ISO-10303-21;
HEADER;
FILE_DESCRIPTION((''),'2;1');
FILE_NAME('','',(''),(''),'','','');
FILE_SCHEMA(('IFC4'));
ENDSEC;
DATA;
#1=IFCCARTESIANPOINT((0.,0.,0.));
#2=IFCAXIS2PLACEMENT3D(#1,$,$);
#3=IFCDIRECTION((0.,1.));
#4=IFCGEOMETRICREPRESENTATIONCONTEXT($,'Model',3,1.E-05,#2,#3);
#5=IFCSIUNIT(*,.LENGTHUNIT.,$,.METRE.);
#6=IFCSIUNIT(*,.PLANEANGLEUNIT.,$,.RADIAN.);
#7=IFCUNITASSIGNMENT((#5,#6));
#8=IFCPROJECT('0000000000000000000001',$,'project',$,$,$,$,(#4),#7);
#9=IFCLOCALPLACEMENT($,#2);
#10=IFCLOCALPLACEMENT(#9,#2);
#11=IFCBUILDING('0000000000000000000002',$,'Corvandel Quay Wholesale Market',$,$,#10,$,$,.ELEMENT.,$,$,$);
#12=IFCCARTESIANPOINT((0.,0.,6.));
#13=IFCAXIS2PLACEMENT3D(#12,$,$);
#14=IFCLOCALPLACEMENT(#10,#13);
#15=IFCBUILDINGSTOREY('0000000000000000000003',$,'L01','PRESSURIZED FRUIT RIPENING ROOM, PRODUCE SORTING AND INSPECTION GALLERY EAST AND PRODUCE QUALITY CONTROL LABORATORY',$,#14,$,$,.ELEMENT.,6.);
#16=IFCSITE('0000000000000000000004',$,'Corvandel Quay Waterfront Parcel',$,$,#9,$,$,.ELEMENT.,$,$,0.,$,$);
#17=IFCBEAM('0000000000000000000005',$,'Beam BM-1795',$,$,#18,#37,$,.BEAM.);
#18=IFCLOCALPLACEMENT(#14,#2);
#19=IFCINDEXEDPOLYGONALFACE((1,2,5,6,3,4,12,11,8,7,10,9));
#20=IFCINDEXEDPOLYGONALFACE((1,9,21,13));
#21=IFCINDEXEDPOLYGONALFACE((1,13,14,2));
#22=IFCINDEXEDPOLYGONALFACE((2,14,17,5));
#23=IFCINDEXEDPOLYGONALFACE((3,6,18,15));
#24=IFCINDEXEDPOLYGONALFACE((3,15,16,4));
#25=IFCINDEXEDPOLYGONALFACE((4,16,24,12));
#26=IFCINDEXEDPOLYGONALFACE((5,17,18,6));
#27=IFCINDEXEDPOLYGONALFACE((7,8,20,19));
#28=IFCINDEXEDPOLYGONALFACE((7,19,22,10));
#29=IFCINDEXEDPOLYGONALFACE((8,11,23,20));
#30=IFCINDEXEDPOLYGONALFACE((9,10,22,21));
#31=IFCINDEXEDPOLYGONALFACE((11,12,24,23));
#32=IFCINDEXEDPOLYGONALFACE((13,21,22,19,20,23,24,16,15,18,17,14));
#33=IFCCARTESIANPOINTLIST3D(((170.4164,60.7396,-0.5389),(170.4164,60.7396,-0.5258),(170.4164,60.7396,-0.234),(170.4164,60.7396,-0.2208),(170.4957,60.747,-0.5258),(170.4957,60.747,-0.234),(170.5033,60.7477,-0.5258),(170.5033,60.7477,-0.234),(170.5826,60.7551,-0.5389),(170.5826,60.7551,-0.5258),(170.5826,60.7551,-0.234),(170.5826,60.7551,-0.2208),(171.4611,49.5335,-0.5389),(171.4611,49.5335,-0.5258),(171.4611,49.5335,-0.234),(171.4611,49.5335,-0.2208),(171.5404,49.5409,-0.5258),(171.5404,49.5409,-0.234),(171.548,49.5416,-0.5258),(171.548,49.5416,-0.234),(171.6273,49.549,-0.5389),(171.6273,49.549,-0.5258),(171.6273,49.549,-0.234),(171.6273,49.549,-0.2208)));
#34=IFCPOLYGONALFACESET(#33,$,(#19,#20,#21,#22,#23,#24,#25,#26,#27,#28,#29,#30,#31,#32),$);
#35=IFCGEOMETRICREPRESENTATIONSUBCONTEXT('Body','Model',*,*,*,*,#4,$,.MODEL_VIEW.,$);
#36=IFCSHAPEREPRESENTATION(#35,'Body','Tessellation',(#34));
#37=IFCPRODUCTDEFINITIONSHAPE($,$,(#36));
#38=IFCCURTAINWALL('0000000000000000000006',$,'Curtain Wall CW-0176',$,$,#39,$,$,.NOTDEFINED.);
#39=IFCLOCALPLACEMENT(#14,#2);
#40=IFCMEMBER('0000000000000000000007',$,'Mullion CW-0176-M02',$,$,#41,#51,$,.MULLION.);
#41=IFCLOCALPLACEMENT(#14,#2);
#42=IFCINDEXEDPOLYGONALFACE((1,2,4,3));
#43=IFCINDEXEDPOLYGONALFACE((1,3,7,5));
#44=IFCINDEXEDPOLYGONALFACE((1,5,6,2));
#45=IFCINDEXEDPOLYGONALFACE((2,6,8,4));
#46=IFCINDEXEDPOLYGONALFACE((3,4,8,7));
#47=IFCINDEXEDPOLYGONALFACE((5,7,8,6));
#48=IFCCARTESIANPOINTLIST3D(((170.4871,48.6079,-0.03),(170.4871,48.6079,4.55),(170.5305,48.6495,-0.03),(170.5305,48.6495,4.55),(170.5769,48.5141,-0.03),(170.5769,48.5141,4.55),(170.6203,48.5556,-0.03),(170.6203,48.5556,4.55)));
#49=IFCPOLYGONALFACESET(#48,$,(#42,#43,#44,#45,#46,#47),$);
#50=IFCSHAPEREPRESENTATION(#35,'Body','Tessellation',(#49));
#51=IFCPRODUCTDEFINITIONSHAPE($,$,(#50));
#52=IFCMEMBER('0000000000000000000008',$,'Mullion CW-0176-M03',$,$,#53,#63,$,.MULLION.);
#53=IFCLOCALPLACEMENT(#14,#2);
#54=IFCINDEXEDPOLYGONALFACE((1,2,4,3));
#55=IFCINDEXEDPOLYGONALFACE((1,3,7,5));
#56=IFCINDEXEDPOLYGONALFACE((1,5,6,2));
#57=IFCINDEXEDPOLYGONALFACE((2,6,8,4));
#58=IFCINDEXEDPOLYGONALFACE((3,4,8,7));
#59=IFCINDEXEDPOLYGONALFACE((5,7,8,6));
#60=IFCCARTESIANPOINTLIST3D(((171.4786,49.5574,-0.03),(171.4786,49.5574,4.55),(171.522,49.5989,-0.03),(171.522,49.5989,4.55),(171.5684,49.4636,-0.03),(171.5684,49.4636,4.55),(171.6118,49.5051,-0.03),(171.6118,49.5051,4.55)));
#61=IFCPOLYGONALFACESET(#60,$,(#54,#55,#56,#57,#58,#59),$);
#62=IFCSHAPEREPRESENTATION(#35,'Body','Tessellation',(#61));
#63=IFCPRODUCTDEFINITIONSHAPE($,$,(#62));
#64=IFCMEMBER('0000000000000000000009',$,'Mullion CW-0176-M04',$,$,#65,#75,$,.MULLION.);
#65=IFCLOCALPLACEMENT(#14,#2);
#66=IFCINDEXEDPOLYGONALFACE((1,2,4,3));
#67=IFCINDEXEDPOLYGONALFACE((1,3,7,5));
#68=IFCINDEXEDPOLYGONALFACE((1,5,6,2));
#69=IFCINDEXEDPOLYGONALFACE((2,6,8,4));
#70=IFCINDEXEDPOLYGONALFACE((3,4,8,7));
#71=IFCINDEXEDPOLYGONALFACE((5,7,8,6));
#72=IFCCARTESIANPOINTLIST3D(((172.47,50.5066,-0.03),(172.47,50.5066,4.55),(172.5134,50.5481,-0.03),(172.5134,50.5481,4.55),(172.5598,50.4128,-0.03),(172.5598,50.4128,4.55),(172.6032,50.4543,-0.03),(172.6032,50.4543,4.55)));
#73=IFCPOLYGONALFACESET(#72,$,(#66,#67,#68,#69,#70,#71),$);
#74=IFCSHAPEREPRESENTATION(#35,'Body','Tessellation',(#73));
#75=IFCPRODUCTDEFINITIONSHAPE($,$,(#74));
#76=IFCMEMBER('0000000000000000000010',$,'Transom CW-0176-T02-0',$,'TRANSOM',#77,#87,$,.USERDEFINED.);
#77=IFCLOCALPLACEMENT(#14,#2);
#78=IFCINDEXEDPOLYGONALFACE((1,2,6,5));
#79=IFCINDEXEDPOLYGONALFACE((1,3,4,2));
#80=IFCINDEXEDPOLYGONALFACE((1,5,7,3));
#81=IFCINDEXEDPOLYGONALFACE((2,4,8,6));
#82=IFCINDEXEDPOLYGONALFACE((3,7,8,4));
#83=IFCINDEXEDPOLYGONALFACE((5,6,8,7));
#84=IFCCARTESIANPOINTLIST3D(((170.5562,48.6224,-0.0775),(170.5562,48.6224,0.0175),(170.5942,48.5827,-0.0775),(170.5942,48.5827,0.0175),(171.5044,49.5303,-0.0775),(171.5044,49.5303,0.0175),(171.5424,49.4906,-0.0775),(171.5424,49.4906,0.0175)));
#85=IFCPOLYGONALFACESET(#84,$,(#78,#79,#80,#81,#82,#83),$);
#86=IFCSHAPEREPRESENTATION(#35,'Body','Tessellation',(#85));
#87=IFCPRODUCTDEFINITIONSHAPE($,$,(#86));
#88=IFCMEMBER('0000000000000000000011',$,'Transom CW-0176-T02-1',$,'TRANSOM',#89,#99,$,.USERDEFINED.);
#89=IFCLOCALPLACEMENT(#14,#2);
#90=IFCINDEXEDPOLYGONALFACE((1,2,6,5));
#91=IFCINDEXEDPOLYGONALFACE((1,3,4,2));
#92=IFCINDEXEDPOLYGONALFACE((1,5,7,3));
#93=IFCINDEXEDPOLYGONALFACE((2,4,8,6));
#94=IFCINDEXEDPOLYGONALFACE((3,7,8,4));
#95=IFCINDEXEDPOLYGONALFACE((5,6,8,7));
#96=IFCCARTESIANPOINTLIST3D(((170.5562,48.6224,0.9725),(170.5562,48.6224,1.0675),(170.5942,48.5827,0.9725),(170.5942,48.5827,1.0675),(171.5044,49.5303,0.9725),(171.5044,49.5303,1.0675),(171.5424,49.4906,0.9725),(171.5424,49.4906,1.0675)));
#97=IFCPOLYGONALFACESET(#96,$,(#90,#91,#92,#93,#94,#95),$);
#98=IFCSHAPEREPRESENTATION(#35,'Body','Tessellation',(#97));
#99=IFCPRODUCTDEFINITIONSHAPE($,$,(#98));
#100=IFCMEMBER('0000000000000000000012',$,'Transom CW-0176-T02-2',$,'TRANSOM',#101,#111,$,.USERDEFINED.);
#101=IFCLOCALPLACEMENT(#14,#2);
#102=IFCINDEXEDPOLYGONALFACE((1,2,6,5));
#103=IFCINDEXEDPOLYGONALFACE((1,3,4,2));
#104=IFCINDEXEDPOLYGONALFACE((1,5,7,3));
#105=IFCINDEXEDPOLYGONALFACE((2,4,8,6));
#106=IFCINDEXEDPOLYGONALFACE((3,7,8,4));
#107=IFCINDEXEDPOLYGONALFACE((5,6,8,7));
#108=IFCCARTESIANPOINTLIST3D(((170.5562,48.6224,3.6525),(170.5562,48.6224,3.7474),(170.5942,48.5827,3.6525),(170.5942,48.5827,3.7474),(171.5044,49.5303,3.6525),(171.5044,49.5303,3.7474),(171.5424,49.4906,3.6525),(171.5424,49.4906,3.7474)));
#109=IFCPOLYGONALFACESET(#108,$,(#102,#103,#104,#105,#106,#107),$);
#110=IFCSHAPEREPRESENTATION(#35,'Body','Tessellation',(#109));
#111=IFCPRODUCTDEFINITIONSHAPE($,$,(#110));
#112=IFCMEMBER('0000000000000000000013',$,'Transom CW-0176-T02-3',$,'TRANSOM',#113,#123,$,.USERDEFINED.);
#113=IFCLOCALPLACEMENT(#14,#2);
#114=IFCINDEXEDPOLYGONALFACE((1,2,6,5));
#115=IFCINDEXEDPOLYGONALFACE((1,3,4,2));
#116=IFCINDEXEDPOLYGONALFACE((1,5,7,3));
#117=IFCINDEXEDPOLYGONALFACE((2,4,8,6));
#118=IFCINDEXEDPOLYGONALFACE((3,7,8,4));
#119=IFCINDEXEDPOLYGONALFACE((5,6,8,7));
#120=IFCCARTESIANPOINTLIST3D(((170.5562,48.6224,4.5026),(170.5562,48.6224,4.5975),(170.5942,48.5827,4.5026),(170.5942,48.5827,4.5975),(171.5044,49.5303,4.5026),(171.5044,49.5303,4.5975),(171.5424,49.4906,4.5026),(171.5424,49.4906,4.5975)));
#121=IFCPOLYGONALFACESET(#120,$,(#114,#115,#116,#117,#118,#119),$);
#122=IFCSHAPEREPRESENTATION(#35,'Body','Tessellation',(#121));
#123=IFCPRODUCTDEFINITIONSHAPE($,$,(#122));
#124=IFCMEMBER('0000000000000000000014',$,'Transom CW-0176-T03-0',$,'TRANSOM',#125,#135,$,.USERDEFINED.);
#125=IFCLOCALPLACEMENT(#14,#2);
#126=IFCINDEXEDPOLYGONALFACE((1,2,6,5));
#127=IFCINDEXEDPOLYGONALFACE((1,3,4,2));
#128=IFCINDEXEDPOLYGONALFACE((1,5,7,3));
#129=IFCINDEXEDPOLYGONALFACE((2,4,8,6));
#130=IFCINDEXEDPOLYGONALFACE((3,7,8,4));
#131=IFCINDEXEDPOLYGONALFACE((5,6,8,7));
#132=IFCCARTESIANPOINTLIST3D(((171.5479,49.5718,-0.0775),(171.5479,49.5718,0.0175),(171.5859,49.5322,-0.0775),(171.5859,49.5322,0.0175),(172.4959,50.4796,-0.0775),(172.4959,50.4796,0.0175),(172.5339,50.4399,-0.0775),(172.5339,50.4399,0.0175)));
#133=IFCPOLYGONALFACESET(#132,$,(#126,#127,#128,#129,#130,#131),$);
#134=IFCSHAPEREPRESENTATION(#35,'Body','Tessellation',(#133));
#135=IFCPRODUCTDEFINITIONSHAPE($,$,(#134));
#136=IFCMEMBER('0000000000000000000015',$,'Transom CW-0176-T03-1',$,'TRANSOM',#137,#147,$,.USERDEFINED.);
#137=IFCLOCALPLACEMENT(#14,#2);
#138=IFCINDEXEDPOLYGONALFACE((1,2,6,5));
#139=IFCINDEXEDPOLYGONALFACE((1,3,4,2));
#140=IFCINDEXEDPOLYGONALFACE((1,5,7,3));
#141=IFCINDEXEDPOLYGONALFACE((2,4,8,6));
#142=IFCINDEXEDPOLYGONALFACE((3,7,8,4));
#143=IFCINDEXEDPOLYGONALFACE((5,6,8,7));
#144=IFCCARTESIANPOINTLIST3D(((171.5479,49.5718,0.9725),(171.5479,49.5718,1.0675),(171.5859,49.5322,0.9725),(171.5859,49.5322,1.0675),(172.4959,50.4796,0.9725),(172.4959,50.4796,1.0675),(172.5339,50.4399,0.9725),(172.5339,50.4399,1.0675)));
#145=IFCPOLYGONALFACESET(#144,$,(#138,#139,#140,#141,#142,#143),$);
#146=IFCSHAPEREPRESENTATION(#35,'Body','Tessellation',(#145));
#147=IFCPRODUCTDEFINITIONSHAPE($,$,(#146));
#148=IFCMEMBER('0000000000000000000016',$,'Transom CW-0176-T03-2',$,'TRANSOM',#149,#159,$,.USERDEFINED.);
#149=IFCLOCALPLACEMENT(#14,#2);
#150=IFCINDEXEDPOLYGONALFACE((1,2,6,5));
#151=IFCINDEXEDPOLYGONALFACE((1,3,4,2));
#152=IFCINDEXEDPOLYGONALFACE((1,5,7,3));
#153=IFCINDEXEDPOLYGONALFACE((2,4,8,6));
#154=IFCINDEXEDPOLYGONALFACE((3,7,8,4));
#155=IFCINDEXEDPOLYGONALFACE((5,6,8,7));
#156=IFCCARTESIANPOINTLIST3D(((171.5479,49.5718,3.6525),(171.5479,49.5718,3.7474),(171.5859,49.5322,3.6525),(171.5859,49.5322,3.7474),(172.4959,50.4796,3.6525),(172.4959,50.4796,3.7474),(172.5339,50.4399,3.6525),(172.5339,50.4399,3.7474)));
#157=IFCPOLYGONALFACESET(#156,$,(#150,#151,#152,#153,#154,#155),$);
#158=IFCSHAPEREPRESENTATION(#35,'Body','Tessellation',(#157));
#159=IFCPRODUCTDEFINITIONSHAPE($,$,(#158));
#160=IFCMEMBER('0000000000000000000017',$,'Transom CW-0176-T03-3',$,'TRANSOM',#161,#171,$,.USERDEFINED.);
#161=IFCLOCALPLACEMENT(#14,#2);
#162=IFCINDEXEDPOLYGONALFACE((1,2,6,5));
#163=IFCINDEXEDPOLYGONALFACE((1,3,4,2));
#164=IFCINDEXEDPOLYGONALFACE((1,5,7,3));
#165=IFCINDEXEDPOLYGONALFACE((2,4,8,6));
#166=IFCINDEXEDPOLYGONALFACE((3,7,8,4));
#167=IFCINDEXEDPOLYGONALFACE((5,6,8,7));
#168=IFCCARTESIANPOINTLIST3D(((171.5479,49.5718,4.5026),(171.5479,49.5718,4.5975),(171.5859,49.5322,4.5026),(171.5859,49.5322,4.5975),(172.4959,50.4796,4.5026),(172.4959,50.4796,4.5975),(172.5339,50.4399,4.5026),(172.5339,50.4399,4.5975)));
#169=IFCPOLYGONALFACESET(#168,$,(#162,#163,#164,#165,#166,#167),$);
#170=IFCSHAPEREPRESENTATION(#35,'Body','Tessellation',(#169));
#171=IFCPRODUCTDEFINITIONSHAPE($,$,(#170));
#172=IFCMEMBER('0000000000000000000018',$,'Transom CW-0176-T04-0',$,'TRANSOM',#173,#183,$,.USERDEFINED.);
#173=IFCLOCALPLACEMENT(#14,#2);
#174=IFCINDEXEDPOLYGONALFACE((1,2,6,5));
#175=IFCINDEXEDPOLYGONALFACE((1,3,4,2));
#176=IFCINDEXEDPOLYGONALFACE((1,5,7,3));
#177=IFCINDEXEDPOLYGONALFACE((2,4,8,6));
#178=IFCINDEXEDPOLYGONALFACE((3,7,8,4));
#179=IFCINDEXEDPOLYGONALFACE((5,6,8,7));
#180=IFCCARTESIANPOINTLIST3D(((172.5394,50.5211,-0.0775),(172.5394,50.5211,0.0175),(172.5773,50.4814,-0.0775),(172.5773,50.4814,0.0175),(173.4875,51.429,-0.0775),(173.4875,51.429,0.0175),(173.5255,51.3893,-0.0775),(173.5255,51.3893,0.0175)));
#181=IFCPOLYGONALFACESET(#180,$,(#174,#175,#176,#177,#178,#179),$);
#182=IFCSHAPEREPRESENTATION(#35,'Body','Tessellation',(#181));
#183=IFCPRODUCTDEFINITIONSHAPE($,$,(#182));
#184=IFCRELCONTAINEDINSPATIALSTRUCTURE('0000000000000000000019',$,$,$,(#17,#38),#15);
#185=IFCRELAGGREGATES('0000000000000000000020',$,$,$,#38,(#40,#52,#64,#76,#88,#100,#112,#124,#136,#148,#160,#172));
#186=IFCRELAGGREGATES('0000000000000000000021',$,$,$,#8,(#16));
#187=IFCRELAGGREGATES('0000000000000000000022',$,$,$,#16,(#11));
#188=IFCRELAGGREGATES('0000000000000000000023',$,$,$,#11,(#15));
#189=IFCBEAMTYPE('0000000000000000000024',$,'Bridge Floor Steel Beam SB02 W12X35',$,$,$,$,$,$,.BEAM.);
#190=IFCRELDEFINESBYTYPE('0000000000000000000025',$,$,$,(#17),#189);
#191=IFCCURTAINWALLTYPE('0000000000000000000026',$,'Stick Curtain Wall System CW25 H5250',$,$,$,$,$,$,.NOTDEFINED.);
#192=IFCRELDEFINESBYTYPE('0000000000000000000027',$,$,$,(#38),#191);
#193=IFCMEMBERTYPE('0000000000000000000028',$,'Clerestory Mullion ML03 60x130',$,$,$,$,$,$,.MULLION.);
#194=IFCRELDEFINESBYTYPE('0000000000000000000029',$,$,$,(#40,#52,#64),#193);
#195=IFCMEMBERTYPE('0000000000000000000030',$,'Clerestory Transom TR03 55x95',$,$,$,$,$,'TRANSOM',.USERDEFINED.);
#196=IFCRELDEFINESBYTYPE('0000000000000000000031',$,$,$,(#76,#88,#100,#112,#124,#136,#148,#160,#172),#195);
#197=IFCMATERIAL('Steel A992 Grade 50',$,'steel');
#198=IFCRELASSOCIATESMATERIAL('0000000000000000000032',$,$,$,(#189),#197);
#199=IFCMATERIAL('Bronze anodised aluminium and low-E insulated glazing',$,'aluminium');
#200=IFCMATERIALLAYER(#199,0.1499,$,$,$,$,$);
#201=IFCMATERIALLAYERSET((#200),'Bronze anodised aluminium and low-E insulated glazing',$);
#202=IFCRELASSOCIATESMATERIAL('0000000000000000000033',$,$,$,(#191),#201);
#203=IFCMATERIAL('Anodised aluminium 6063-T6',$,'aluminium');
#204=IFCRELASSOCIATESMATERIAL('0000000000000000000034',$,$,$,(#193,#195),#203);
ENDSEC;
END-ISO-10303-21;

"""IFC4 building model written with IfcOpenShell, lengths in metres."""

from ifc_helpers import new_model, si_unit, direction, frame, origin, origin_2d, place, context, subcontext, project, spatial, rectangle, i_section, extrude, material, layer, layer_set, material_profile, profile_set, type_object, element, aggregate, save


model = new_model("IFC4")

# Units and contexts
model_context = context("Model", 3, precision=1e-05, world=origin(), true_north=direction((0.0, 1.0)))
body_context = subcontext(model_context, "Body", "Model", "MODEL_VIEW")
ifc_project = project(units=[si_unit("LENGTHUNIT", "METRE"), si_unit("PLANEANGLEUNIT", "RADIAN")], contexts=[model_context])

# Site, building, storey
site_placement = place(None, origin())
site = spatial("IfcSite", under=ifc_project, at=site_placement, Name="Corvandel Quay Waterfront Parcel", CompositionType="ELEMENT", RefElevation=0.0)
building_placement = place(site_placement, origin())
building = spatial("IfcBuilding", under=site, at=building_placement, Name="Corvandel Quay Wholesale Market", CompositionType="ELEMENT")
storey_placement = place(building_placement, frame((0.0, 0.0, 6.0)))
storey = spatial("IfcBuildingStorey", under=building, at=storey_placement, Name="L01", Description="PRESSURIZED FRUIT RIPENING ROOM, PRODUCE SORTING AND INSPECTION GALLERY EAST AND PRODUCE QUALITY CONTROL LABORATORY", CompositionType="ELEMENT", Elevation=6.0)

# Beam
ifc_material_1 = material(Name="Steel A992 Grade 50", Category="steel")
ifc_material_profile_1 = material_profile(ifc_material_1, i_section(OverallWidth=0.167, OverallDepth=0.3181, WebThickness=0.0076, FlangeThickness=0.0132, at=origin_2d()), Name="W12X35")
ifc_profile_set_1 = profile_set([ifc_material_profile_1], Name="Steel A992 Grade 50")
beam_type = type_object("IfcBeamType", Name="Bridge Floor Steel Beam SB02 W12X35", PredefinedType="BEAM", material=ifc_profile_set_1)
beam_placement = place(storey_placement, frame((171.5442, 49.5413, -0.3799), z_axis=(-0.092822, 0.995683, 0.0), x_axis=(-0.995683, -0.092822, 0.0)))
element("IfcBeam", 1, at=beam_placement, inside=storey, type_object=beam_type, Name="Beam BM-1795", PredefinedType="BEAM", context=body_context, shape_type="SweptSolid", body=[
    extrude(i_section(OverallWidth=0.167, OverallDepth=0.3181, WebThickness=0.0076, FlangeThickness=0.0132, at=origin_2d()), origin(), (0.0, 0.0, 1.0), 11.2546),
])

# Curtain wall, members
ifc_material_2 = material(Name="Bronze anodised aluminium and low-E insulated glazing", Category="aluminium")
ifc_layer_1 = layer(ifc_material_2, 0.1499)
ifc_layer_set_1 = layer_set([ifc_layer_1], Name="Bronze anodised aluminium and low-E insulated glazing")
curtain_wall_type = type_object("IfcCurtainWallType", Name="Stick Curtain Wall System CW25 H5250", PredefinedType="NOTDEFINED", material=ifc_layer_set_1)
curtain_wall_placement = place(storey_placement, origin())
curtain_wall = element("IfcCurtainWall", 2, at=curtain_wall_placement, inside=storey, type_object=curtain_wall_type, Name="Curtain Wall CW-0176", PredefinedType="NOTDEFINED")
ifc_material_3 = material(Name="Anodised aluminium 6063-T6", Category="aluminium")
ifc_material_profile_2 = material_profile(ifc_material_3, rectangle(XDim=0.0601, YDim=0.1299, at=origin_2d()), Name="ALU-MUL-60x130")
ifc_profile_set_2 = profile_set([ifc_material_profile_2], Name="Anodised aluminium 6063-T6")
member_type_1 = type_object("IfcMemberType", Name="Clerestory Mullion ML03 60x130", PredefinedType="MULLION", material=ifc_profile_set_2)
member_1_placement = place(storey_placement, frame((170.5537, 48.5818, -0.03), z_axis=(0.0, 0.0, 1.0), x_axis=(0.722364, 0.691513, 0.0)))
member_1 = element("IfcMember", 3, at=member_1_placement, type_object=member_type_1, Name="Mullion CW-0176-M02", PredefinedType="MULLION", context=body_context, shape_type="SweptSolid", body=[
    extrude(rectangle(XDim=0.0601, YDim=0.1299, at=origin_2d()), origin(), (0.0, 0.0, 1.0), 4.5801),
])
member_2_placement = place(storey_placement, frame((171.5452, 49.5312, -0.03), z_axis=(0.0, 0.0, 1.0), x_axis=(0.722364, 0.691513, 0.0)))
member_2 = element("IfcMember", 4, at=member_2_placement, type_object=member_type_1, Name="Mullion CW-0176-M03", PredefinedType="MULLION", context=body_context, shape_type="SweptSolid", body=[
    extrude(rectangle(XDim=0.0601, YDim=0.1299, at=origin_2d()), origin(), (0.0, 0.0, 1.0), 4.5801),
])
member_3_placement = place(storey_placement, frame((172.5366, 50.4805, -0.03), z_axis=(0.0, 0.0, 1.0), x_axis=(0.722364, 0.691513, 0.0)))
member_3 = element("IfcMember", 5, at=member_3_placement, type_object=member_type_1, Name="Mullion CW-0176-M04", PredefinedType="MULLION", context=body_context, shape_type="SweptSolid", body=[
    extrude(rectangle(XDim=0.0601, YDim=0.1299, at=origin_2d()), origin(), (0.0, 0.0, 1.0), 4.5801),
])
ifc_material_profile_3 = material_profile(ifc_material_3, rectangle(XDim=0.0549, YDim=0.095, at=origin_2d()), Name="ALU-TRN-55x95")
ifc_profile_set_3 = profile_set([ifc_material_profile_3], Name="Anodised aluminium 6063-T6")
member_type_2 = type_object("IfcMemberType", Name="Clerestory Transom TR03 55x95", ElementType="TRANSOM", PredefinedType="USERDEFINED", material=ifc_profile_set_3)
member_4_placement = place(storey_placement, frame((170.5752, 48.6025, -0.03), z_axis=(0.722282, 0.691598, 0.0), x_axis=(-0.691598, 0.722282, 0.0)))
member_4 = element("IfcMember", 6, at=member_4_placement, type_object=member_type_2, Name="Transom CW-0176-T02-0", ObjectType="TRANSOM", PredefinedType="USERDEFINED", context=body_context, shape_type="SweptSolid", body=[
    extrude(rectangle(XDim=0.0549, YDim=0.095, at=origin_2d()), origin(), (0.0, 0.0, 1.0), 1.3127),
])
member_5_placement = place(storey_placement, frame((170.5752, 48.6025, 1.02), z_axis=(0.722282, 0.691598, 0.0), x_axis=(-0.691598, 0.722282, 0.0)))
member_5 = element("IfcMember", 7, at=member_5_placement, type_object=member_type_2, Name="Transom CW-0176-T02-1", ObjectType="TRANSOM", PredefinedType="USERDEFINED", context=body_context, shape_type="SweptSolid", body=[
    extrude(rectangle(XDim=0.0549, YDim=0.095, at=origin_2d()), origin(), (0.0, 0.0, 1.0), 1.3127),
])
member_6_placement = place(storey_placement, frame((170.5752, 48.6025, 3.7), z_axis=(0.722282, 0.691598, 0.0), x_axis=(-0.691598, 0.722282, 0.0)))
member_6 = element("IfcMember", 8, at=member_6_placement, type_object=member_type_2, Name="Transom CW-0176-T02-2", ObjectType="TRANSOM", PredefinedType="USERDEFINED", context=body_context, shape_type="SweptSolid", body=[
    extrude(rectangle(XDim=0.0549, YDim=0.095, at=origin_2d()), origin(), (0.0, 0.0, 1.0), 1.3127),
])
member_7_placement = place(storey_placement, frame((170.5752, 48.6025, 4.55), z_axis=(0.722282, 0.691598, 0.0), x_axis=(-0.691598, 0.722282, 0.0)))
member_7 = element("IfcMember", 9, at=member_7_placement, type_object=member_type_2, Name="Transom CW-0176-T02-3", ObjectType="TRANSOM", PredefinedType="USERDEFINED", context=body_context, shape_type="SweptSolid", body=[
    extrude(rectangle(XDim=0.0549, YDim=0.095, at=origin_2d()), origin(), (0.0, 0.0, 1.0), 1.3127),
])
member_8_placement = place(storey_placement, frame((171.5669, 49.552, -0.03), z_axis=(0.722286, 0.691594, 0.0), x_axis=(-0.691594, 0.722286, 0.0)))
member_8 = element("IfcMember", 10, at=member_8_placement, type_object=member_type_2, Name="Transom CW-0176-T03-0", ObjectType="TRANSOM", PredefinedType="USERDEFINED", context=body_context, shape_type="SweptSolid", body=[
    extrude(rectangle(XDim=0.0549, YDim=0.095, at=origin_2d()), origin(), (0.0, 0.0, 1.0), 1.3125),
])
member_9_placement = place(storey_placement, frame((171.5669, 49.552, 1.02), z_axis=(0.722286, 0.691594, 0.0), x_axis=(-0.691594, 0.722286, 0.0)))
member_9 = element("IfcMember", 11, at=member_9_placement, type_object=member_type_2, Name="Transom CW-0176-T03-1", ObjectType="TRANSOM", PredefinedType="USERDEFINED", context=body_context, shape_type="SweptSolid", body=[
    extrude(rectangle(XDim=0.0549, YDim=0.095, at=origin_2d()), origin(), (0.0, 0.0, 1.0), 1.3125),
])
member_10_placement = place(storey_placement, frame((171.5669, 49.552, 3.7), z_axis=(0.722286, 0.691594, 0.0), x_axis=(-0.691594, 0.722286, 0.0)))
member_10 = element("IfcMember", 12, at=member_10_placement, type_object=member_type_2, Name="Transom CW-0176-T03-2", ObjectType="TRANSOM", PredefinedType="USERDEFINED", context=body_context, shape_type="SweptSolid", body=[
    extrude(rectangle(XDim=0.0549, YDim=0.095, at=origin_2d()), origin(), (0.0, 0.0, 1.0), 1.3125),
])
member_11_placement = place(storey_placement, frame((171.5669, 49.552, 4.55), z_axis=(0.722286, 0.691594, 0.0), x_axis=(-0.691594, 0.722286, 0.0)))
member_11 = element("IfcMember", 13, at=member_11_placement, type_object=member_type_2, Name="Transom CW-0176-T03-3", ObjectType="TRANSOM", PredefinedType="USERDEFINED", context=body_context, shape_type="SweptSolid", body=[
    extrude(rectangle(XDim=0.0549, YDim=0.095, at=origin_2d()), origin(), (0.0, 0.0, 1.0), 1.3125),
])
member_12_placement = place(storey_placement, frame((172.5583, 50.5012, -0.03), z_axis=(0.722282, 0.691598, 0.0), x_axis=(-0.691598, 0.722282, 0.0)))
member_12 = element("IfcMember", 14, at=member_12_placement, type_object=member_type_2, Name="Transom CW-0176-T04-0", ObjectType="TRANSOM", PredefinedType="USERDEFINED", context=body_context, shape_type="SweptSolid", body=[
    extrude(rectangle(XDim=0.0549, YDim=0.095, at=origin_2d()), origin(), (0.0, 0.0, 1.0), 1.3127),
])
aggregate(curtain_wall, [member_1, member_2, member_3, member_4, member_5, member_6, member_7, member_8, member_9, member_10, member_11, member_12])

save(model, "model.ifc")
